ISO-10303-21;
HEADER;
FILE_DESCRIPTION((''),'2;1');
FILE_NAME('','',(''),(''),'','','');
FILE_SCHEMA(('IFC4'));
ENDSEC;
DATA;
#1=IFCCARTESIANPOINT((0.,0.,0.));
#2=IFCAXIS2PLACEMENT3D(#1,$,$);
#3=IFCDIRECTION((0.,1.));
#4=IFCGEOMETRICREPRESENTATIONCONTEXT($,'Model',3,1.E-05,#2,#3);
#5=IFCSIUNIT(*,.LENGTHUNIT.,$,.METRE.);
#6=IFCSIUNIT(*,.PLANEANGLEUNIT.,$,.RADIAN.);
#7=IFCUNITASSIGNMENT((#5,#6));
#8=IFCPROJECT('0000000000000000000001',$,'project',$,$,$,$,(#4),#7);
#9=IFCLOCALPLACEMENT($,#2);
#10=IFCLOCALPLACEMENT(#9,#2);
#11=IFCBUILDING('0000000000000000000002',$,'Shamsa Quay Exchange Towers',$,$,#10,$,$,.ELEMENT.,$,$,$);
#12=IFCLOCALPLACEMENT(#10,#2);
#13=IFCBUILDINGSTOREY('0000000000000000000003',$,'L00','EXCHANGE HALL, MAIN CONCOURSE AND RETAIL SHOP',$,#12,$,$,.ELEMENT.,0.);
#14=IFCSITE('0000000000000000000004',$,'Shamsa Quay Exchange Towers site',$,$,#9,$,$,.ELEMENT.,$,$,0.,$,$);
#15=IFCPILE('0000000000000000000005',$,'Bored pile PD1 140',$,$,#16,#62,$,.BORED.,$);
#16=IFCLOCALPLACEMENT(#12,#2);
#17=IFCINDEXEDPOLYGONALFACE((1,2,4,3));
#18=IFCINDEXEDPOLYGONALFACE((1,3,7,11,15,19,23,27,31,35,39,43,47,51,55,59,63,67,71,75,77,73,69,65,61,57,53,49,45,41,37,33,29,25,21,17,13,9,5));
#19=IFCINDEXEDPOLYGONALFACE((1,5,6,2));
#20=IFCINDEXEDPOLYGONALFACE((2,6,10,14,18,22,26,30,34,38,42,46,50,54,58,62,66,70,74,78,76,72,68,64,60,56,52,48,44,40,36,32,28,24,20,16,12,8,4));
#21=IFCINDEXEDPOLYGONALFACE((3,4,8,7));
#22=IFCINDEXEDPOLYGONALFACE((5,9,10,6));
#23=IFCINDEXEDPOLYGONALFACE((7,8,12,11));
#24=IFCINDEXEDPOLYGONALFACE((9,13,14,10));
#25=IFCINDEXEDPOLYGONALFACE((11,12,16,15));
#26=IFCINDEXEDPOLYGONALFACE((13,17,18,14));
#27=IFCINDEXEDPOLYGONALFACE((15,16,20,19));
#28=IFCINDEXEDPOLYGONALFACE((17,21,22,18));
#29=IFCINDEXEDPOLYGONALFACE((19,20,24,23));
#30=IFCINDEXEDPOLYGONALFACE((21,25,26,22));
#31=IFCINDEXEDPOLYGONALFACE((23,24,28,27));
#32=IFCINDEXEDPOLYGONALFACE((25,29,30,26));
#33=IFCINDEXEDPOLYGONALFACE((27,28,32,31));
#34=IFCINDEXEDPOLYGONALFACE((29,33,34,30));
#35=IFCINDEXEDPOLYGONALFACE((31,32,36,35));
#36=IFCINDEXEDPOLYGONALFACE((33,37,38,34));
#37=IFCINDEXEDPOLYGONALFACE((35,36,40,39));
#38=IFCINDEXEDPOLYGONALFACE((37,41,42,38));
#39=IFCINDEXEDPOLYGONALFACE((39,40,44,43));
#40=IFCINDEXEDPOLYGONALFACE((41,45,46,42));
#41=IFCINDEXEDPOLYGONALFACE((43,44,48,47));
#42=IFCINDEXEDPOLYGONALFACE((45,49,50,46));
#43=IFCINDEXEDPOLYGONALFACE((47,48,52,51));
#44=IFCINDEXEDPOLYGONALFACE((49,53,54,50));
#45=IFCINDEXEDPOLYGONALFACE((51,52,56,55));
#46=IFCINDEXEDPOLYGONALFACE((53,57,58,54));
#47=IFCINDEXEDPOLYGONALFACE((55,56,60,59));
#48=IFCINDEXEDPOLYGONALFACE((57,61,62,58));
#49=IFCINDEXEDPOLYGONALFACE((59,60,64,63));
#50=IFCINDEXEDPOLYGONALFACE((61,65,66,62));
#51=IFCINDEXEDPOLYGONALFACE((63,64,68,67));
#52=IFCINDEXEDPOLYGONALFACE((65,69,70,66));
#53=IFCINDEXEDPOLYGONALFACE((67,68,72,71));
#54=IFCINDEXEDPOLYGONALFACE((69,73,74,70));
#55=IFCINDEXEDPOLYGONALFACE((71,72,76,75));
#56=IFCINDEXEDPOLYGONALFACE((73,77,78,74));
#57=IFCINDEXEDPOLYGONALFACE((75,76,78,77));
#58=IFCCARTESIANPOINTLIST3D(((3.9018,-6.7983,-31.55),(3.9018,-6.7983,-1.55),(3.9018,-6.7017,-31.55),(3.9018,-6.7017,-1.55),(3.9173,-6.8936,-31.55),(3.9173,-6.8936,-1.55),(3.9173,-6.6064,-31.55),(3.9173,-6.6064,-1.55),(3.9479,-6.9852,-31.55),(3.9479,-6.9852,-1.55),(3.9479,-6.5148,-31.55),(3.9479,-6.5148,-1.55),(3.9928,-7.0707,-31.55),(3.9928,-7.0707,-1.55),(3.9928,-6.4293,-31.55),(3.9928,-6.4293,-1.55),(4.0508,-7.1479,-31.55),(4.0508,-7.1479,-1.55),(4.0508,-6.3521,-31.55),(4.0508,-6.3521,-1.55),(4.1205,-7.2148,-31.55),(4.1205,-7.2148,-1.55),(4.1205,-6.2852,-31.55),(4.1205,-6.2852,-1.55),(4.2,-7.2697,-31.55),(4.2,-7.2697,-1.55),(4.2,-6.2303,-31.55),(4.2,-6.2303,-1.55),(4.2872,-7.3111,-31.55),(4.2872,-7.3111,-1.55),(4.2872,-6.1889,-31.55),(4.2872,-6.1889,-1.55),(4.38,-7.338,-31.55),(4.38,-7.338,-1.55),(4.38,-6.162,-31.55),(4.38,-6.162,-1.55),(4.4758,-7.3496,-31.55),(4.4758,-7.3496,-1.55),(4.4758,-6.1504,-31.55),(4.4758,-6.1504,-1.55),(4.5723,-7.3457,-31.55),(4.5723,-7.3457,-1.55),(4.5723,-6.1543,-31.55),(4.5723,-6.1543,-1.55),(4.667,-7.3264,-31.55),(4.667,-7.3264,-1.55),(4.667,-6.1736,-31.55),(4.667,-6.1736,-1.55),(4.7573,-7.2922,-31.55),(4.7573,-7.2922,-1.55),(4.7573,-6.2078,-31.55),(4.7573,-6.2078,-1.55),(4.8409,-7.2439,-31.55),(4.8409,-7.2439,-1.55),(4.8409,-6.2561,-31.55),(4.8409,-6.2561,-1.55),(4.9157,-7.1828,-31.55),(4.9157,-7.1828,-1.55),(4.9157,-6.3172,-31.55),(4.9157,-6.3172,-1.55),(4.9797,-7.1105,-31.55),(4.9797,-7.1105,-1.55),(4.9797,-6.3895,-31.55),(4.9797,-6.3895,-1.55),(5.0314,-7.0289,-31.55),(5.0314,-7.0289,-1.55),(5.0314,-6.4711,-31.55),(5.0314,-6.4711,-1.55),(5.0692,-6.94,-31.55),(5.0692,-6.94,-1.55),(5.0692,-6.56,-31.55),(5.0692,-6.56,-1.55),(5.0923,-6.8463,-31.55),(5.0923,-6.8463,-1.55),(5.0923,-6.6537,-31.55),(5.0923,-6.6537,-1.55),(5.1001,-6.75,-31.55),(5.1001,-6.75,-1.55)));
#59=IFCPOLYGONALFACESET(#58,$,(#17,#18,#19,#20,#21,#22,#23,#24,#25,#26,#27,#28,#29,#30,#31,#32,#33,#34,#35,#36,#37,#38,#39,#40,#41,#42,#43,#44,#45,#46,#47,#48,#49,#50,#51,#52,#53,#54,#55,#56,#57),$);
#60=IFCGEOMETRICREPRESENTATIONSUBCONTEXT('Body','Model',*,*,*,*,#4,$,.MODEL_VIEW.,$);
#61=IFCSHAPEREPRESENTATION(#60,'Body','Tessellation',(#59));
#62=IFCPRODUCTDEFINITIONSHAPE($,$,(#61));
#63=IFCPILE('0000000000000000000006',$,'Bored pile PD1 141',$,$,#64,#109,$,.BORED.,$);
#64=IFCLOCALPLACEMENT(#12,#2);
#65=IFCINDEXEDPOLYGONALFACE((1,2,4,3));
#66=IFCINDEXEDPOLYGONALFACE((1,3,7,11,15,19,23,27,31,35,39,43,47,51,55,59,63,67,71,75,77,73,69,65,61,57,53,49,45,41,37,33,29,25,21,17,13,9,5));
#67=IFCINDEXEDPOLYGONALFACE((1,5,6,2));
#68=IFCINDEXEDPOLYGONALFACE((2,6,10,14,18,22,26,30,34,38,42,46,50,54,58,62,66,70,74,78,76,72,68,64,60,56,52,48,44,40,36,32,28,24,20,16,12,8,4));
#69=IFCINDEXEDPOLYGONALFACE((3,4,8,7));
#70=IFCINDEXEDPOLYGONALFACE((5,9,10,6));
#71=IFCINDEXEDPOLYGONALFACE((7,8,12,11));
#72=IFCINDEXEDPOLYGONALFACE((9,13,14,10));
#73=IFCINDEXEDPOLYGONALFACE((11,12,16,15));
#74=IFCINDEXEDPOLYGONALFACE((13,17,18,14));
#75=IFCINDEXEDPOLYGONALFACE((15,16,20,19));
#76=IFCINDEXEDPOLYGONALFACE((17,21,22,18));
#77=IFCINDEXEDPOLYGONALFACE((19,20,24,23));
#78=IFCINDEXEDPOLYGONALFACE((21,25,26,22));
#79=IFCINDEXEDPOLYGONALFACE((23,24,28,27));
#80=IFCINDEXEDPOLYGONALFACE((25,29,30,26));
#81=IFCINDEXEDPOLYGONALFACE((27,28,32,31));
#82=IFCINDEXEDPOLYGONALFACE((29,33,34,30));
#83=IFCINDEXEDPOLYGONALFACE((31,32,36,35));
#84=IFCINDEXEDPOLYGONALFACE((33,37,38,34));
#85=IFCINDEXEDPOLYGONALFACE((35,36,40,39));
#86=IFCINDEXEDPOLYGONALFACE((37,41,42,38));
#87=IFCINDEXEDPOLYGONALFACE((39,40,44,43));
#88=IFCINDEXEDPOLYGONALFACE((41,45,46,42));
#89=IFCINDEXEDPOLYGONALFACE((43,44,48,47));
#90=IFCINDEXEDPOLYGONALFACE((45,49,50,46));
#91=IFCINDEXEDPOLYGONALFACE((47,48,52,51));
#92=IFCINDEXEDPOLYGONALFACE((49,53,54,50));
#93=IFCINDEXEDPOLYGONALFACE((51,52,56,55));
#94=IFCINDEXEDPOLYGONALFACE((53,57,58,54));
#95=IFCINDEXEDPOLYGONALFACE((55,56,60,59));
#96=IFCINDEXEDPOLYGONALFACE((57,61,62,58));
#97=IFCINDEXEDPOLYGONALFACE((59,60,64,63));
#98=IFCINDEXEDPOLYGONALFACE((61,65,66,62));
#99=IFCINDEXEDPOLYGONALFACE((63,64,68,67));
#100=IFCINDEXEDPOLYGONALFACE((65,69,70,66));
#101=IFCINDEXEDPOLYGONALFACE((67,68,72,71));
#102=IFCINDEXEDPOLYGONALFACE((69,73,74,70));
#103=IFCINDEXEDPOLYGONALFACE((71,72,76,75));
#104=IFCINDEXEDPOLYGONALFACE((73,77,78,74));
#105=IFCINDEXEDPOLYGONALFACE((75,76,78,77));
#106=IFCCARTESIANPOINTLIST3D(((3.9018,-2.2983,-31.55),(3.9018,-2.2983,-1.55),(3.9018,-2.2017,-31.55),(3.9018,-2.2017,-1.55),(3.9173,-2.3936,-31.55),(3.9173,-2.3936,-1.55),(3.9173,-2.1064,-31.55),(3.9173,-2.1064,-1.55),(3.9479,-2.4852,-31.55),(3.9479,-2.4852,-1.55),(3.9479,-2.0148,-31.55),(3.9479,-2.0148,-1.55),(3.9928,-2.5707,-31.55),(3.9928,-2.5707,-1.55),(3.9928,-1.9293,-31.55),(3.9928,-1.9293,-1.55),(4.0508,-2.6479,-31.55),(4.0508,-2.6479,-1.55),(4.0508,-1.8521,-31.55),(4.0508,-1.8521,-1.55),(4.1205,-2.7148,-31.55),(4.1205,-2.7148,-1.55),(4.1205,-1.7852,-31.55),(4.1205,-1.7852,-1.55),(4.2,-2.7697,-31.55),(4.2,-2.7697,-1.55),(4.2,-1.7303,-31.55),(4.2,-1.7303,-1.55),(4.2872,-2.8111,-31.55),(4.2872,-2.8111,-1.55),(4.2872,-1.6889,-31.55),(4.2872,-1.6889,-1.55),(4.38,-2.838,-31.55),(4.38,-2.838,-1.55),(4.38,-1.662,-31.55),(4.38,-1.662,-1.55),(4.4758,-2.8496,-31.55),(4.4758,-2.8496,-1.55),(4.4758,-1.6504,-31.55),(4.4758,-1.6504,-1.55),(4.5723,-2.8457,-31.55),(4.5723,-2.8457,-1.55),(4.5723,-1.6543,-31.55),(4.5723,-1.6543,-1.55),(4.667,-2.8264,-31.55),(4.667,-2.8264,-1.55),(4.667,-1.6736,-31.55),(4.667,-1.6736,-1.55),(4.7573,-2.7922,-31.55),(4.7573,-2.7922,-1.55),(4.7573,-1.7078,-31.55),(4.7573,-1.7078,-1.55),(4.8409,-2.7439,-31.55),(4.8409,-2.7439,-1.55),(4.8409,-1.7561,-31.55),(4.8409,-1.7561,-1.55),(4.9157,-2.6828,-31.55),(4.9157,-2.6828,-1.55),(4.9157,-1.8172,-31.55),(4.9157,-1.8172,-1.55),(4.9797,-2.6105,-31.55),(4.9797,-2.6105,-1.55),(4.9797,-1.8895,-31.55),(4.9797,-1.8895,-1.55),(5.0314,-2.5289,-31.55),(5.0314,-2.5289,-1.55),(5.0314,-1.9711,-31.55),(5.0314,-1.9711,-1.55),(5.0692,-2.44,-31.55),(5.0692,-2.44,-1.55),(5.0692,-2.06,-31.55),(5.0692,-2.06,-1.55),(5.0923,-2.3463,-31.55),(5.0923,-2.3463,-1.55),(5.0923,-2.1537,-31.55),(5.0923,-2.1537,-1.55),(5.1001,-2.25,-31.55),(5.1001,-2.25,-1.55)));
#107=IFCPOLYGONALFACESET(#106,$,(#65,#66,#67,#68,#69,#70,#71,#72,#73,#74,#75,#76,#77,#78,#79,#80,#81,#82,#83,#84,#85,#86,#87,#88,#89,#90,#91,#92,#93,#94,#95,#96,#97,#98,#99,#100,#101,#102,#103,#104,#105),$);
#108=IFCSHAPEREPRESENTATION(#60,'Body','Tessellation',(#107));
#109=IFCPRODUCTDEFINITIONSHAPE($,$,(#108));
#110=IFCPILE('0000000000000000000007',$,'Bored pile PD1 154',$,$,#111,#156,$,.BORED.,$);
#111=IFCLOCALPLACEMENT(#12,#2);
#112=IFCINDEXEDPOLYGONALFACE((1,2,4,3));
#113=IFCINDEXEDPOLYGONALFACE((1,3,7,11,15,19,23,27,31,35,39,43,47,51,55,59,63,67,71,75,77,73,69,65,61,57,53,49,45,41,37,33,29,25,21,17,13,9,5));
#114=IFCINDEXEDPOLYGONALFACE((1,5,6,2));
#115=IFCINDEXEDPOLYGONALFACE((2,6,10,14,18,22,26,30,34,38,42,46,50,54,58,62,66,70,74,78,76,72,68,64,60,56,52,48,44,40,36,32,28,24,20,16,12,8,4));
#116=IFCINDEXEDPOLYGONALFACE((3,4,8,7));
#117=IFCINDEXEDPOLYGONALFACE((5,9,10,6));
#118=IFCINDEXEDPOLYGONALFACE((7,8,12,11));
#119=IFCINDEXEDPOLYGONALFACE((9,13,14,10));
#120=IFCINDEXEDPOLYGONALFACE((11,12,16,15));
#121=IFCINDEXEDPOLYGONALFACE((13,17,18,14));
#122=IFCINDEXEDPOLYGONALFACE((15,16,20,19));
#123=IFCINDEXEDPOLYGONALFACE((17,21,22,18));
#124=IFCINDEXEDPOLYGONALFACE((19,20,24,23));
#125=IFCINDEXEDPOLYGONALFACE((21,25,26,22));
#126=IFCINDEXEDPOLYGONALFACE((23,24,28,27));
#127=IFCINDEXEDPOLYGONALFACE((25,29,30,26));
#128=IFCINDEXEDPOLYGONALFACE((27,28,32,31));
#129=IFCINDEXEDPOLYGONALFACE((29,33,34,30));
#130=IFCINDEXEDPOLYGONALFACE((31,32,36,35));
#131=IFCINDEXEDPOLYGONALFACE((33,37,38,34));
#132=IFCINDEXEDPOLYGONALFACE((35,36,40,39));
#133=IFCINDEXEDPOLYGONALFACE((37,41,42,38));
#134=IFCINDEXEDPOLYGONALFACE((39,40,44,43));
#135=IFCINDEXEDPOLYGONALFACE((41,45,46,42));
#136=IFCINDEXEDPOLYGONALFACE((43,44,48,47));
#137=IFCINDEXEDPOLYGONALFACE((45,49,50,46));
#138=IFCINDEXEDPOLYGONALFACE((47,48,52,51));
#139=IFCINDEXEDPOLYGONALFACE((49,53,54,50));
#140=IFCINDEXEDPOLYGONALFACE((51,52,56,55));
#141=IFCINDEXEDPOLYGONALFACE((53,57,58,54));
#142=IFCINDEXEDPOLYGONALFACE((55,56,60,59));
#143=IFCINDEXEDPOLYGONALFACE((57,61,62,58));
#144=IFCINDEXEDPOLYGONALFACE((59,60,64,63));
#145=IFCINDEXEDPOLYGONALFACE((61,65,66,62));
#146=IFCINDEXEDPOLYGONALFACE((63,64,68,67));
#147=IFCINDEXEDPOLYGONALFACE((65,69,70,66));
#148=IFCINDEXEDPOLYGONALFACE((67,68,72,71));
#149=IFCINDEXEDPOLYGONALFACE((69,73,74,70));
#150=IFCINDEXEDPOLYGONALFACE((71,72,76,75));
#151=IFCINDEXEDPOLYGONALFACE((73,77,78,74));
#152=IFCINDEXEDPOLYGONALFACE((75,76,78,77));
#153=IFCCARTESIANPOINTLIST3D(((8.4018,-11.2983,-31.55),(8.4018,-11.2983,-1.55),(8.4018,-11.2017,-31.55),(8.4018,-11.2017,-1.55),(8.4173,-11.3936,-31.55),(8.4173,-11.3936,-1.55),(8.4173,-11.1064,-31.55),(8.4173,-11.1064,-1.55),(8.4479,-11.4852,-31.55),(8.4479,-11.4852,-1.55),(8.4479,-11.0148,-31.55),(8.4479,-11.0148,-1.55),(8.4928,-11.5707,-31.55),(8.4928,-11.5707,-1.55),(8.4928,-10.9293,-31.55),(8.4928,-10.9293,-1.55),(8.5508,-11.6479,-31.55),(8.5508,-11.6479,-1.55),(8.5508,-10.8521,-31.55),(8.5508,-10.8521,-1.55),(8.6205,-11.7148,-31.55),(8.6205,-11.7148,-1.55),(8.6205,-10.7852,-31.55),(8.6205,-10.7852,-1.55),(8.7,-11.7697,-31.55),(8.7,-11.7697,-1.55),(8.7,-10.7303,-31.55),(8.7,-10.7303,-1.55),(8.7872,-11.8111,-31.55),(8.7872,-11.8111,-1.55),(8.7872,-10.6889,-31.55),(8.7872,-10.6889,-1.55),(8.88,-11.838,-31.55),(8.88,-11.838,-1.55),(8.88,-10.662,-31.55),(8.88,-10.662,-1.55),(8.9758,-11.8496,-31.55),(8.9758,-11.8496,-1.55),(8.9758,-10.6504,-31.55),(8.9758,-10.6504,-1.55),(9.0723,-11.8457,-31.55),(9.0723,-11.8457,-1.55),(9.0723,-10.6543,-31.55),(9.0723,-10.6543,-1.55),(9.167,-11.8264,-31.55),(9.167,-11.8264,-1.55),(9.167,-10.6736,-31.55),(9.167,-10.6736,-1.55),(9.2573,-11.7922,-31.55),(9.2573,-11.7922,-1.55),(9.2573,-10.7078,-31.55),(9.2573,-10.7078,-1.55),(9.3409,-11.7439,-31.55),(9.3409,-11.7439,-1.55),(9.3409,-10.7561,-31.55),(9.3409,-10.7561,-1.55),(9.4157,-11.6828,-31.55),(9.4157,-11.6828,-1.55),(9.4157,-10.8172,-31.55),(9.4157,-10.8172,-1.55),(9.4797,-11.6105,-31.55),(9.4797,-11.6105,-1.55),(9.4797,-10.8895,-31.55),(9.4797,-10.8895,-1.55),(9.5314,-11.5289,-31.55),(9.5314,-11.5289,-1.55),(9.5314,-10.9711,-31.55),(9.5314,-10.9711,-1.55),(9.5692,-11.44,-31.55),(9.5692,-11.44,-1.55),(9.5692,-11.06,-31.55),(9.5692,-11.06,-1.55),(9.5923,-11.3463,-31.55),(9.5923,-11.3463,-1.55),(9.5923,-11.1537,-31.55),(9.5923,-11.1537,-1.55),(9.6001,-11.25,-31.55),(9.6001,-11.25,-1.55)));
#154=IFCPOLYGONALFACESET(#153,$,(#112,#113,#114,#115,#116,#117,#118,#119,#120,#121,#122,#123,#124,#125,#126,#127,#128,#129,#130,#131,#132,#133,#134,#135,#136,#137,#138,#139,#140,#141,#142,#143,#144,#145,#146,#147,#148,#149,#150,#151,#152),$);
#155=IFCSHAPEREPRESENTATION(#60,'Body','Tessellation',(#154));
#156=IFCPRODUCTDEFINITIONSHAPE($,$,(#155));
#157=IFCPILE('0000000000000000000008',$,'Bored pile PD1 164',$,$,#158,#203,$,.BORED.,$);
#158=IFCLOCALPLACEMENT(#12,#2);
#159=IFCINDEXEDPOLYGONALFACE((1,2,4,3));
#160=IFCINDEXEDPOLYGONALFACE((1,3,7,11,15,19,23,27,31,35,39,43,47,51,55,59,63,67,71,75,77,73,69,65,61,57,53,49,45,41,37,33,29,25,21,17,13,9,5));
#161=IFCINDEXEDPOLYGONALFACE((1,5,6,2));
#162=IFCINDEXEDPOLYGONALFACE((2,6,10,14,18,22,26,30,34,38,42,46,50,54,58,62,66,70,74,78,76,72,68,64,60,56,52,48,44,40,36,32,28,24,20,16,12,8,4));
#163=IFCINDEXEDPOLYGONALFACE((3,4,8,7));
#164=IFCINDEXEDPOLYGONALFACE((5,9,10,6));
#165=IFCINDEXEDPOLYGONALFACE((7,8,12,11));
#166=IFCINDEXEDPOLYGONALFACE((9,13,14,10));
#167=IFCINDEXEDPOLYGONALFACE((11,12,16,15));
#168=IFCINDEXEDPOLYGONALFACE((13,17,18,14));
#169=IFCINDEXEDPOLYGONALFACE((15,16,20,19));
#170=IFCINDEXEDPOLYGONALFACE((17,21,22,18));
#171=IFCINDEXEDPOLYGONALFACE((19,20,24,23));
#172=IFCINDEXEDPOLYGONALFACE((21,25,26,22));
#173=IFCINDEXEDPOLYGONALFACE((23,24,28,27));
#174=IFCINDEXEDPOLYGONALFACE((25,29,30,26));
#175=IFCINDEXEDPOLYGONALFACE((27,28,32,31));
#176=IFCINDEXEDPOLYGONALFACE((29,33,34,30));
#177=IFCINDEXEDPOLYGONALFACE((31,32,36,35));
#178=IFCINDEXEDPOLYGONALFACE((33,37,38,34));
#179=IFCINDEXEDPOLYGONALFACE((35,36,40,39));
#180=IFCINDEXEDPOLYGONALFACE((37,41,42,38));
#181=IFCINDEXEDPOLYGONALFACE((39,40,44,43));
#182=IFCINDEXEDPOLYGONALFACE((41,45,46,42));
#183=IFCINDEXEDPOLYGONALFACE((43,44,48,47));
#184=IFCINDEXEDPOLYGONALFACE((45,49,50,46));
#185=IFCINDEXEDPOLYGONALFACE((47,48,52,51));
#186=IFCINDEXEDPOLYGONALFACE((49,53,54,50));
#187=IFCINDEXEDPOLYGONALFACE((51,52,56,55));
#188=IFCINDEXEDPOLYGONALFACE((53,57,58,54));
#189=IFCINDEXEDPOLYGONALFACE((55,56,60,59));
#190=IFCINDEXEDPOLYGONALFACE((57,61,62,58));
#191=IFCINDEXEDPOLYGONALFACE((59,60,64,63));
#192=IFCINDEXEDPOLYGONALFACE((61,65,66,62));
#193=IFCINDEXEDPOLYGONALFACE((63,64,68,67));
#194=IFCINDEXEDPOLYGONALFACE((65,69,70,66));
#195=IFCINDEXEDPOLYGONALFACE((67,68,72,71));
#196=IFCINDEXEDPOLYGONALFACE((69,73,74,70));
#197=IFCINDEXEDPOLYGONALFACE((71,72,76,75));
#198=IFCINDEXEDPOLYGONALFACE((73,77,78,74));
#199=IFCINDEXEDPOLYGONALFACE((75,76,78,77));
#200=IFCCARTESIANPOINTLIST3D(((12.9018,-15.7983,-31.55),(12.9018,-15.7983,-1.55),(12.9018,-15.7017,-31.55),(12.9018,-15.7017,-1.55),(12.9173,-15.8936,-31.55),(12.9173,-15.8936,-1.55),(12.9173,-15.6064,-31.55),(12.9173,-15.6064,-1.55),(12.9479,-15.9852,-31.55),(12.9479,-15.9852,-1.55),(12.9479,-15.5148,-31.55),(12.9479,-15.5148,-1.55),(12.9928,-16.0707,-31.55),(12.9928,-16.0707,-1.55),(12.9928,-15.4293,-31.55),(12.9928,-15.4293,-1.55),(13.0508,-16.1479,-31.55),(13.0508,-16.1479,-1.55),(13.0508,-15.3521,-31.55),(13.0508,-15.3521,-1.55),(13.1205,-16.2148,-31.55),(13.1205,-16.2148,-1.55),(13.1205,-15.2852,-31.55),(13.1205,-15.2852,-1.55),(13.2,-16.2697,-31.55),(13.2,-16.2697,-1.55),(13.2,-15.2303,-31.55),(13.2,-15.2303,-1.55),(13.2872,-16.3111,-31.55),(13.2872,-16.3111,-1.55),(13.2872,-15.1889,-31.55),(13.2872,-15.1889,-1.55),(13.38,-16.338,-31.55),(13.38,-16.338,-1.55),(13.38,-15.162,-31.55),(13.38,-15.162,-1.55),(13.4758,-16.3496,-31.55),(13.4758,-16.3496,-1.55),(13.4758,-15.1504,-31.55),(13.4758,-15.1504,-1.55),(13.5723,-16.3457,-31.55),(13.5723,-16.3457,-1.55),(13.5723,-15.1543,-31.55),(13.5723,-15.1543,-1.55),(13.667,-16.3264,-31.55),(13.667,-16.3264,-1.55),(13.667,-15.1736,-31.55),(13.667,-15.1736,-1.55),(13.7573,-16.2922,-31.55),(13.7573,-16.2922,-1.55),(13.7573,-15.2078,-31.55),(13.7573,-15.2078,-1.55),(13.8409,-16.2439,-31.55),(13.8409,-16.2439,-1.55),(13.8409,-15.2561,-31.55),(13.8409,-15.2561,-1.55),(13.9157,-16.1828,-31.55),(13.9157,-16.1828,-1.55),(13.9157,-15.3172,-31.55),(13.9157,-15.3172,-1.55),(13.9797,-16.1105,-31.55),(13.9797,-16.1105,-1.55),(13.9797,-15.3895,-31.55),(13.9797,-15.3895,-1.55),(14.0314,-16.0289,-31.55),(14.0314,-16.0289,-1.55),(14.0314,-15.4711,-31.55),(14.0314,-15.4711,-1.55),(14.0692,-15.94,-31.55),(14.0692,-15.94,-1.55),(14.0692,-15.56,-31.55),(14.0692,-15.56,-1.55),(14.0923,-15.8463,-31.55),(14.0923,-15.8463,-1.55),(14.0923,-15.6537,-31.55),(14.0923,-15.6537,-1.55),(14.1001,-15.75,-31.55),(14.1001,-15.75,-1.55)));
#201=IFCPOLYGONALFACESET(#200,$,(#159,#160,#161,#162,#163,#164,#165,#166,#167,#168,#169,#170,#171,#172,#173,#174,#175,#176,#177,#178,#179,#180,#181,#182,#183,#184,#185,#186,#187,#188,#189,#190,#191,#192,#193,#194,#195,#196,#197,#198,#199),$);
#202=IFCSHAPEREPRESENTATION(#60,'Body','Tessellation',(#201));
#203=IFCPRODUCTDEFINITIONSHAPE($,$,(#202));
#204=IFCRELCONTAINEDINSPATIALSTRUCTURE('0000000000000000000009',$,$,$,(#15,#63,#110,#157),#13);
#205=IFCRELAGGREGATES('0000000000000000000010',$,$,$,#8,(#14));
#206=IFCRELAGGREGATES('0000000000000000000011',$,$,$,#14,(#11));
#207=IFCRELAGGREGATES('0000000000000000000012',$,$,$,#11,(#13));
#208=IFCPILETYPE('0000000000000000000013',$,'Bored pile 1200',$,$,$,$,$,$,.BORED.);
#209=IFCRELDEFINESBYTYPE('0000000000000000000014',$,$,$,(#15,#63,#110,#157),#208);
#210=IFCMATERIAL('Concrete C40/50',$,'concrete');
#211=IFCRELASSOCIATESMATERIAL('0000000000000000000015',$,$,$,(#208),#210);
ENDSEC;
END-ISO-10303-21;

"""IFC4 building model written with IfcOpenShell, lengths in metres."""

from ifc_helpers import new_model, si_unit, direction, frame, origin, origin_2d, place, context, subcontext, project, spatial, circle, extrude, material, material_profile, profile_set, type_object, element, save


model = new_model("IFC4")

# Units and contexts
model_context = context("Model", 3, precision=1e-05, world=origin(), true_north=direction((0.0, 1.0)))
body_context = subcontext(model_context, "Body", "Model", "MODEL_VIEW")
ifc_project = project(units=[si_unit("LENGTHUNIT", "METRE"), si_unit("PLANEANGLEUNIT", "RADIAN")], contexts=[model_context])

# Site, building, storey
site_placement = place(None, origin())
site = spatial("IfcSite", under=ifc_project, at=site_placement, Name="Shamsa Quay Exchange Towers site", CompositionType="ELEMENT", RefElevation=0.0)
building_placement = place(site_placement, origin())
building = spatial("IfcBuilding", under=site, at=building_placement, Name="Shamsa Quay Exchange Towers", CompositionType="ELEMENT")
storey_placement = place(building_placement, origin())
storey = spatial("IfcBuildingStorey", under=building, at=storey_placement, Name="L00", Description="EXCHANGE HALL, MAIN CONCOURSE AND RETAIL SHOP", CompositionType="ELEMENT", Elevation=0.0)

# Piles
ifc_material_1 = material(Name="Concrete C40/50", Category="concrete")
ifc_material_profile_1 = material_profile(ifc_material_1, circle(Radius=0.6001, at=origin_2d()), Name="BP1200")
ifc_profile_set_1 = profile_set([ifc_material_profile_1], Name="Concrete C40/50")
pile_type_1 = type_object("IfcPileType", Name="Bored pile 1200", PredefinedType="BORED", material=ifc_profile_set_1)
for number, where, z_axis, x_axis, name in (
    (1, (4.5, -6.75, -1.55), (0.0, 0.0, -1.0), (1.0, 0.0, 0.0), "Bored pile PD1 140"),
    (2, (4.5, -2.25, -1.55), (0.0, 0.0, -1.0), (1.0, 0.0, 0.0), "Bored pile PD1 141"),
    (3, (9.0, -11.25, -1.55), (0.0, 0.0, -1.0), (1.0, 0.0, 0.0), "Bored pile PD1 154"),
    (4, (13.5, -15.75, -1.55), (0.0, 0.0, -1.0), (1.0, 0.0, 0.0), "Bored pile PD1 164"),
):
    element("IfcPile", number, at=place(storey_placement, frame(where, z_axis=z_axis, x_axis=x_axis)), inside=storey, type_object=pile_type_1, Name=name, PredefinedType="BORED", context=body_context, shape_type="SweptSolid", body=[
        extrude(circle(Radius=0.6001, at=origin_2d()), origin(), (0.0, 0.0, 1.0), 30.0),
    ])

save(model, "model.ifc")
